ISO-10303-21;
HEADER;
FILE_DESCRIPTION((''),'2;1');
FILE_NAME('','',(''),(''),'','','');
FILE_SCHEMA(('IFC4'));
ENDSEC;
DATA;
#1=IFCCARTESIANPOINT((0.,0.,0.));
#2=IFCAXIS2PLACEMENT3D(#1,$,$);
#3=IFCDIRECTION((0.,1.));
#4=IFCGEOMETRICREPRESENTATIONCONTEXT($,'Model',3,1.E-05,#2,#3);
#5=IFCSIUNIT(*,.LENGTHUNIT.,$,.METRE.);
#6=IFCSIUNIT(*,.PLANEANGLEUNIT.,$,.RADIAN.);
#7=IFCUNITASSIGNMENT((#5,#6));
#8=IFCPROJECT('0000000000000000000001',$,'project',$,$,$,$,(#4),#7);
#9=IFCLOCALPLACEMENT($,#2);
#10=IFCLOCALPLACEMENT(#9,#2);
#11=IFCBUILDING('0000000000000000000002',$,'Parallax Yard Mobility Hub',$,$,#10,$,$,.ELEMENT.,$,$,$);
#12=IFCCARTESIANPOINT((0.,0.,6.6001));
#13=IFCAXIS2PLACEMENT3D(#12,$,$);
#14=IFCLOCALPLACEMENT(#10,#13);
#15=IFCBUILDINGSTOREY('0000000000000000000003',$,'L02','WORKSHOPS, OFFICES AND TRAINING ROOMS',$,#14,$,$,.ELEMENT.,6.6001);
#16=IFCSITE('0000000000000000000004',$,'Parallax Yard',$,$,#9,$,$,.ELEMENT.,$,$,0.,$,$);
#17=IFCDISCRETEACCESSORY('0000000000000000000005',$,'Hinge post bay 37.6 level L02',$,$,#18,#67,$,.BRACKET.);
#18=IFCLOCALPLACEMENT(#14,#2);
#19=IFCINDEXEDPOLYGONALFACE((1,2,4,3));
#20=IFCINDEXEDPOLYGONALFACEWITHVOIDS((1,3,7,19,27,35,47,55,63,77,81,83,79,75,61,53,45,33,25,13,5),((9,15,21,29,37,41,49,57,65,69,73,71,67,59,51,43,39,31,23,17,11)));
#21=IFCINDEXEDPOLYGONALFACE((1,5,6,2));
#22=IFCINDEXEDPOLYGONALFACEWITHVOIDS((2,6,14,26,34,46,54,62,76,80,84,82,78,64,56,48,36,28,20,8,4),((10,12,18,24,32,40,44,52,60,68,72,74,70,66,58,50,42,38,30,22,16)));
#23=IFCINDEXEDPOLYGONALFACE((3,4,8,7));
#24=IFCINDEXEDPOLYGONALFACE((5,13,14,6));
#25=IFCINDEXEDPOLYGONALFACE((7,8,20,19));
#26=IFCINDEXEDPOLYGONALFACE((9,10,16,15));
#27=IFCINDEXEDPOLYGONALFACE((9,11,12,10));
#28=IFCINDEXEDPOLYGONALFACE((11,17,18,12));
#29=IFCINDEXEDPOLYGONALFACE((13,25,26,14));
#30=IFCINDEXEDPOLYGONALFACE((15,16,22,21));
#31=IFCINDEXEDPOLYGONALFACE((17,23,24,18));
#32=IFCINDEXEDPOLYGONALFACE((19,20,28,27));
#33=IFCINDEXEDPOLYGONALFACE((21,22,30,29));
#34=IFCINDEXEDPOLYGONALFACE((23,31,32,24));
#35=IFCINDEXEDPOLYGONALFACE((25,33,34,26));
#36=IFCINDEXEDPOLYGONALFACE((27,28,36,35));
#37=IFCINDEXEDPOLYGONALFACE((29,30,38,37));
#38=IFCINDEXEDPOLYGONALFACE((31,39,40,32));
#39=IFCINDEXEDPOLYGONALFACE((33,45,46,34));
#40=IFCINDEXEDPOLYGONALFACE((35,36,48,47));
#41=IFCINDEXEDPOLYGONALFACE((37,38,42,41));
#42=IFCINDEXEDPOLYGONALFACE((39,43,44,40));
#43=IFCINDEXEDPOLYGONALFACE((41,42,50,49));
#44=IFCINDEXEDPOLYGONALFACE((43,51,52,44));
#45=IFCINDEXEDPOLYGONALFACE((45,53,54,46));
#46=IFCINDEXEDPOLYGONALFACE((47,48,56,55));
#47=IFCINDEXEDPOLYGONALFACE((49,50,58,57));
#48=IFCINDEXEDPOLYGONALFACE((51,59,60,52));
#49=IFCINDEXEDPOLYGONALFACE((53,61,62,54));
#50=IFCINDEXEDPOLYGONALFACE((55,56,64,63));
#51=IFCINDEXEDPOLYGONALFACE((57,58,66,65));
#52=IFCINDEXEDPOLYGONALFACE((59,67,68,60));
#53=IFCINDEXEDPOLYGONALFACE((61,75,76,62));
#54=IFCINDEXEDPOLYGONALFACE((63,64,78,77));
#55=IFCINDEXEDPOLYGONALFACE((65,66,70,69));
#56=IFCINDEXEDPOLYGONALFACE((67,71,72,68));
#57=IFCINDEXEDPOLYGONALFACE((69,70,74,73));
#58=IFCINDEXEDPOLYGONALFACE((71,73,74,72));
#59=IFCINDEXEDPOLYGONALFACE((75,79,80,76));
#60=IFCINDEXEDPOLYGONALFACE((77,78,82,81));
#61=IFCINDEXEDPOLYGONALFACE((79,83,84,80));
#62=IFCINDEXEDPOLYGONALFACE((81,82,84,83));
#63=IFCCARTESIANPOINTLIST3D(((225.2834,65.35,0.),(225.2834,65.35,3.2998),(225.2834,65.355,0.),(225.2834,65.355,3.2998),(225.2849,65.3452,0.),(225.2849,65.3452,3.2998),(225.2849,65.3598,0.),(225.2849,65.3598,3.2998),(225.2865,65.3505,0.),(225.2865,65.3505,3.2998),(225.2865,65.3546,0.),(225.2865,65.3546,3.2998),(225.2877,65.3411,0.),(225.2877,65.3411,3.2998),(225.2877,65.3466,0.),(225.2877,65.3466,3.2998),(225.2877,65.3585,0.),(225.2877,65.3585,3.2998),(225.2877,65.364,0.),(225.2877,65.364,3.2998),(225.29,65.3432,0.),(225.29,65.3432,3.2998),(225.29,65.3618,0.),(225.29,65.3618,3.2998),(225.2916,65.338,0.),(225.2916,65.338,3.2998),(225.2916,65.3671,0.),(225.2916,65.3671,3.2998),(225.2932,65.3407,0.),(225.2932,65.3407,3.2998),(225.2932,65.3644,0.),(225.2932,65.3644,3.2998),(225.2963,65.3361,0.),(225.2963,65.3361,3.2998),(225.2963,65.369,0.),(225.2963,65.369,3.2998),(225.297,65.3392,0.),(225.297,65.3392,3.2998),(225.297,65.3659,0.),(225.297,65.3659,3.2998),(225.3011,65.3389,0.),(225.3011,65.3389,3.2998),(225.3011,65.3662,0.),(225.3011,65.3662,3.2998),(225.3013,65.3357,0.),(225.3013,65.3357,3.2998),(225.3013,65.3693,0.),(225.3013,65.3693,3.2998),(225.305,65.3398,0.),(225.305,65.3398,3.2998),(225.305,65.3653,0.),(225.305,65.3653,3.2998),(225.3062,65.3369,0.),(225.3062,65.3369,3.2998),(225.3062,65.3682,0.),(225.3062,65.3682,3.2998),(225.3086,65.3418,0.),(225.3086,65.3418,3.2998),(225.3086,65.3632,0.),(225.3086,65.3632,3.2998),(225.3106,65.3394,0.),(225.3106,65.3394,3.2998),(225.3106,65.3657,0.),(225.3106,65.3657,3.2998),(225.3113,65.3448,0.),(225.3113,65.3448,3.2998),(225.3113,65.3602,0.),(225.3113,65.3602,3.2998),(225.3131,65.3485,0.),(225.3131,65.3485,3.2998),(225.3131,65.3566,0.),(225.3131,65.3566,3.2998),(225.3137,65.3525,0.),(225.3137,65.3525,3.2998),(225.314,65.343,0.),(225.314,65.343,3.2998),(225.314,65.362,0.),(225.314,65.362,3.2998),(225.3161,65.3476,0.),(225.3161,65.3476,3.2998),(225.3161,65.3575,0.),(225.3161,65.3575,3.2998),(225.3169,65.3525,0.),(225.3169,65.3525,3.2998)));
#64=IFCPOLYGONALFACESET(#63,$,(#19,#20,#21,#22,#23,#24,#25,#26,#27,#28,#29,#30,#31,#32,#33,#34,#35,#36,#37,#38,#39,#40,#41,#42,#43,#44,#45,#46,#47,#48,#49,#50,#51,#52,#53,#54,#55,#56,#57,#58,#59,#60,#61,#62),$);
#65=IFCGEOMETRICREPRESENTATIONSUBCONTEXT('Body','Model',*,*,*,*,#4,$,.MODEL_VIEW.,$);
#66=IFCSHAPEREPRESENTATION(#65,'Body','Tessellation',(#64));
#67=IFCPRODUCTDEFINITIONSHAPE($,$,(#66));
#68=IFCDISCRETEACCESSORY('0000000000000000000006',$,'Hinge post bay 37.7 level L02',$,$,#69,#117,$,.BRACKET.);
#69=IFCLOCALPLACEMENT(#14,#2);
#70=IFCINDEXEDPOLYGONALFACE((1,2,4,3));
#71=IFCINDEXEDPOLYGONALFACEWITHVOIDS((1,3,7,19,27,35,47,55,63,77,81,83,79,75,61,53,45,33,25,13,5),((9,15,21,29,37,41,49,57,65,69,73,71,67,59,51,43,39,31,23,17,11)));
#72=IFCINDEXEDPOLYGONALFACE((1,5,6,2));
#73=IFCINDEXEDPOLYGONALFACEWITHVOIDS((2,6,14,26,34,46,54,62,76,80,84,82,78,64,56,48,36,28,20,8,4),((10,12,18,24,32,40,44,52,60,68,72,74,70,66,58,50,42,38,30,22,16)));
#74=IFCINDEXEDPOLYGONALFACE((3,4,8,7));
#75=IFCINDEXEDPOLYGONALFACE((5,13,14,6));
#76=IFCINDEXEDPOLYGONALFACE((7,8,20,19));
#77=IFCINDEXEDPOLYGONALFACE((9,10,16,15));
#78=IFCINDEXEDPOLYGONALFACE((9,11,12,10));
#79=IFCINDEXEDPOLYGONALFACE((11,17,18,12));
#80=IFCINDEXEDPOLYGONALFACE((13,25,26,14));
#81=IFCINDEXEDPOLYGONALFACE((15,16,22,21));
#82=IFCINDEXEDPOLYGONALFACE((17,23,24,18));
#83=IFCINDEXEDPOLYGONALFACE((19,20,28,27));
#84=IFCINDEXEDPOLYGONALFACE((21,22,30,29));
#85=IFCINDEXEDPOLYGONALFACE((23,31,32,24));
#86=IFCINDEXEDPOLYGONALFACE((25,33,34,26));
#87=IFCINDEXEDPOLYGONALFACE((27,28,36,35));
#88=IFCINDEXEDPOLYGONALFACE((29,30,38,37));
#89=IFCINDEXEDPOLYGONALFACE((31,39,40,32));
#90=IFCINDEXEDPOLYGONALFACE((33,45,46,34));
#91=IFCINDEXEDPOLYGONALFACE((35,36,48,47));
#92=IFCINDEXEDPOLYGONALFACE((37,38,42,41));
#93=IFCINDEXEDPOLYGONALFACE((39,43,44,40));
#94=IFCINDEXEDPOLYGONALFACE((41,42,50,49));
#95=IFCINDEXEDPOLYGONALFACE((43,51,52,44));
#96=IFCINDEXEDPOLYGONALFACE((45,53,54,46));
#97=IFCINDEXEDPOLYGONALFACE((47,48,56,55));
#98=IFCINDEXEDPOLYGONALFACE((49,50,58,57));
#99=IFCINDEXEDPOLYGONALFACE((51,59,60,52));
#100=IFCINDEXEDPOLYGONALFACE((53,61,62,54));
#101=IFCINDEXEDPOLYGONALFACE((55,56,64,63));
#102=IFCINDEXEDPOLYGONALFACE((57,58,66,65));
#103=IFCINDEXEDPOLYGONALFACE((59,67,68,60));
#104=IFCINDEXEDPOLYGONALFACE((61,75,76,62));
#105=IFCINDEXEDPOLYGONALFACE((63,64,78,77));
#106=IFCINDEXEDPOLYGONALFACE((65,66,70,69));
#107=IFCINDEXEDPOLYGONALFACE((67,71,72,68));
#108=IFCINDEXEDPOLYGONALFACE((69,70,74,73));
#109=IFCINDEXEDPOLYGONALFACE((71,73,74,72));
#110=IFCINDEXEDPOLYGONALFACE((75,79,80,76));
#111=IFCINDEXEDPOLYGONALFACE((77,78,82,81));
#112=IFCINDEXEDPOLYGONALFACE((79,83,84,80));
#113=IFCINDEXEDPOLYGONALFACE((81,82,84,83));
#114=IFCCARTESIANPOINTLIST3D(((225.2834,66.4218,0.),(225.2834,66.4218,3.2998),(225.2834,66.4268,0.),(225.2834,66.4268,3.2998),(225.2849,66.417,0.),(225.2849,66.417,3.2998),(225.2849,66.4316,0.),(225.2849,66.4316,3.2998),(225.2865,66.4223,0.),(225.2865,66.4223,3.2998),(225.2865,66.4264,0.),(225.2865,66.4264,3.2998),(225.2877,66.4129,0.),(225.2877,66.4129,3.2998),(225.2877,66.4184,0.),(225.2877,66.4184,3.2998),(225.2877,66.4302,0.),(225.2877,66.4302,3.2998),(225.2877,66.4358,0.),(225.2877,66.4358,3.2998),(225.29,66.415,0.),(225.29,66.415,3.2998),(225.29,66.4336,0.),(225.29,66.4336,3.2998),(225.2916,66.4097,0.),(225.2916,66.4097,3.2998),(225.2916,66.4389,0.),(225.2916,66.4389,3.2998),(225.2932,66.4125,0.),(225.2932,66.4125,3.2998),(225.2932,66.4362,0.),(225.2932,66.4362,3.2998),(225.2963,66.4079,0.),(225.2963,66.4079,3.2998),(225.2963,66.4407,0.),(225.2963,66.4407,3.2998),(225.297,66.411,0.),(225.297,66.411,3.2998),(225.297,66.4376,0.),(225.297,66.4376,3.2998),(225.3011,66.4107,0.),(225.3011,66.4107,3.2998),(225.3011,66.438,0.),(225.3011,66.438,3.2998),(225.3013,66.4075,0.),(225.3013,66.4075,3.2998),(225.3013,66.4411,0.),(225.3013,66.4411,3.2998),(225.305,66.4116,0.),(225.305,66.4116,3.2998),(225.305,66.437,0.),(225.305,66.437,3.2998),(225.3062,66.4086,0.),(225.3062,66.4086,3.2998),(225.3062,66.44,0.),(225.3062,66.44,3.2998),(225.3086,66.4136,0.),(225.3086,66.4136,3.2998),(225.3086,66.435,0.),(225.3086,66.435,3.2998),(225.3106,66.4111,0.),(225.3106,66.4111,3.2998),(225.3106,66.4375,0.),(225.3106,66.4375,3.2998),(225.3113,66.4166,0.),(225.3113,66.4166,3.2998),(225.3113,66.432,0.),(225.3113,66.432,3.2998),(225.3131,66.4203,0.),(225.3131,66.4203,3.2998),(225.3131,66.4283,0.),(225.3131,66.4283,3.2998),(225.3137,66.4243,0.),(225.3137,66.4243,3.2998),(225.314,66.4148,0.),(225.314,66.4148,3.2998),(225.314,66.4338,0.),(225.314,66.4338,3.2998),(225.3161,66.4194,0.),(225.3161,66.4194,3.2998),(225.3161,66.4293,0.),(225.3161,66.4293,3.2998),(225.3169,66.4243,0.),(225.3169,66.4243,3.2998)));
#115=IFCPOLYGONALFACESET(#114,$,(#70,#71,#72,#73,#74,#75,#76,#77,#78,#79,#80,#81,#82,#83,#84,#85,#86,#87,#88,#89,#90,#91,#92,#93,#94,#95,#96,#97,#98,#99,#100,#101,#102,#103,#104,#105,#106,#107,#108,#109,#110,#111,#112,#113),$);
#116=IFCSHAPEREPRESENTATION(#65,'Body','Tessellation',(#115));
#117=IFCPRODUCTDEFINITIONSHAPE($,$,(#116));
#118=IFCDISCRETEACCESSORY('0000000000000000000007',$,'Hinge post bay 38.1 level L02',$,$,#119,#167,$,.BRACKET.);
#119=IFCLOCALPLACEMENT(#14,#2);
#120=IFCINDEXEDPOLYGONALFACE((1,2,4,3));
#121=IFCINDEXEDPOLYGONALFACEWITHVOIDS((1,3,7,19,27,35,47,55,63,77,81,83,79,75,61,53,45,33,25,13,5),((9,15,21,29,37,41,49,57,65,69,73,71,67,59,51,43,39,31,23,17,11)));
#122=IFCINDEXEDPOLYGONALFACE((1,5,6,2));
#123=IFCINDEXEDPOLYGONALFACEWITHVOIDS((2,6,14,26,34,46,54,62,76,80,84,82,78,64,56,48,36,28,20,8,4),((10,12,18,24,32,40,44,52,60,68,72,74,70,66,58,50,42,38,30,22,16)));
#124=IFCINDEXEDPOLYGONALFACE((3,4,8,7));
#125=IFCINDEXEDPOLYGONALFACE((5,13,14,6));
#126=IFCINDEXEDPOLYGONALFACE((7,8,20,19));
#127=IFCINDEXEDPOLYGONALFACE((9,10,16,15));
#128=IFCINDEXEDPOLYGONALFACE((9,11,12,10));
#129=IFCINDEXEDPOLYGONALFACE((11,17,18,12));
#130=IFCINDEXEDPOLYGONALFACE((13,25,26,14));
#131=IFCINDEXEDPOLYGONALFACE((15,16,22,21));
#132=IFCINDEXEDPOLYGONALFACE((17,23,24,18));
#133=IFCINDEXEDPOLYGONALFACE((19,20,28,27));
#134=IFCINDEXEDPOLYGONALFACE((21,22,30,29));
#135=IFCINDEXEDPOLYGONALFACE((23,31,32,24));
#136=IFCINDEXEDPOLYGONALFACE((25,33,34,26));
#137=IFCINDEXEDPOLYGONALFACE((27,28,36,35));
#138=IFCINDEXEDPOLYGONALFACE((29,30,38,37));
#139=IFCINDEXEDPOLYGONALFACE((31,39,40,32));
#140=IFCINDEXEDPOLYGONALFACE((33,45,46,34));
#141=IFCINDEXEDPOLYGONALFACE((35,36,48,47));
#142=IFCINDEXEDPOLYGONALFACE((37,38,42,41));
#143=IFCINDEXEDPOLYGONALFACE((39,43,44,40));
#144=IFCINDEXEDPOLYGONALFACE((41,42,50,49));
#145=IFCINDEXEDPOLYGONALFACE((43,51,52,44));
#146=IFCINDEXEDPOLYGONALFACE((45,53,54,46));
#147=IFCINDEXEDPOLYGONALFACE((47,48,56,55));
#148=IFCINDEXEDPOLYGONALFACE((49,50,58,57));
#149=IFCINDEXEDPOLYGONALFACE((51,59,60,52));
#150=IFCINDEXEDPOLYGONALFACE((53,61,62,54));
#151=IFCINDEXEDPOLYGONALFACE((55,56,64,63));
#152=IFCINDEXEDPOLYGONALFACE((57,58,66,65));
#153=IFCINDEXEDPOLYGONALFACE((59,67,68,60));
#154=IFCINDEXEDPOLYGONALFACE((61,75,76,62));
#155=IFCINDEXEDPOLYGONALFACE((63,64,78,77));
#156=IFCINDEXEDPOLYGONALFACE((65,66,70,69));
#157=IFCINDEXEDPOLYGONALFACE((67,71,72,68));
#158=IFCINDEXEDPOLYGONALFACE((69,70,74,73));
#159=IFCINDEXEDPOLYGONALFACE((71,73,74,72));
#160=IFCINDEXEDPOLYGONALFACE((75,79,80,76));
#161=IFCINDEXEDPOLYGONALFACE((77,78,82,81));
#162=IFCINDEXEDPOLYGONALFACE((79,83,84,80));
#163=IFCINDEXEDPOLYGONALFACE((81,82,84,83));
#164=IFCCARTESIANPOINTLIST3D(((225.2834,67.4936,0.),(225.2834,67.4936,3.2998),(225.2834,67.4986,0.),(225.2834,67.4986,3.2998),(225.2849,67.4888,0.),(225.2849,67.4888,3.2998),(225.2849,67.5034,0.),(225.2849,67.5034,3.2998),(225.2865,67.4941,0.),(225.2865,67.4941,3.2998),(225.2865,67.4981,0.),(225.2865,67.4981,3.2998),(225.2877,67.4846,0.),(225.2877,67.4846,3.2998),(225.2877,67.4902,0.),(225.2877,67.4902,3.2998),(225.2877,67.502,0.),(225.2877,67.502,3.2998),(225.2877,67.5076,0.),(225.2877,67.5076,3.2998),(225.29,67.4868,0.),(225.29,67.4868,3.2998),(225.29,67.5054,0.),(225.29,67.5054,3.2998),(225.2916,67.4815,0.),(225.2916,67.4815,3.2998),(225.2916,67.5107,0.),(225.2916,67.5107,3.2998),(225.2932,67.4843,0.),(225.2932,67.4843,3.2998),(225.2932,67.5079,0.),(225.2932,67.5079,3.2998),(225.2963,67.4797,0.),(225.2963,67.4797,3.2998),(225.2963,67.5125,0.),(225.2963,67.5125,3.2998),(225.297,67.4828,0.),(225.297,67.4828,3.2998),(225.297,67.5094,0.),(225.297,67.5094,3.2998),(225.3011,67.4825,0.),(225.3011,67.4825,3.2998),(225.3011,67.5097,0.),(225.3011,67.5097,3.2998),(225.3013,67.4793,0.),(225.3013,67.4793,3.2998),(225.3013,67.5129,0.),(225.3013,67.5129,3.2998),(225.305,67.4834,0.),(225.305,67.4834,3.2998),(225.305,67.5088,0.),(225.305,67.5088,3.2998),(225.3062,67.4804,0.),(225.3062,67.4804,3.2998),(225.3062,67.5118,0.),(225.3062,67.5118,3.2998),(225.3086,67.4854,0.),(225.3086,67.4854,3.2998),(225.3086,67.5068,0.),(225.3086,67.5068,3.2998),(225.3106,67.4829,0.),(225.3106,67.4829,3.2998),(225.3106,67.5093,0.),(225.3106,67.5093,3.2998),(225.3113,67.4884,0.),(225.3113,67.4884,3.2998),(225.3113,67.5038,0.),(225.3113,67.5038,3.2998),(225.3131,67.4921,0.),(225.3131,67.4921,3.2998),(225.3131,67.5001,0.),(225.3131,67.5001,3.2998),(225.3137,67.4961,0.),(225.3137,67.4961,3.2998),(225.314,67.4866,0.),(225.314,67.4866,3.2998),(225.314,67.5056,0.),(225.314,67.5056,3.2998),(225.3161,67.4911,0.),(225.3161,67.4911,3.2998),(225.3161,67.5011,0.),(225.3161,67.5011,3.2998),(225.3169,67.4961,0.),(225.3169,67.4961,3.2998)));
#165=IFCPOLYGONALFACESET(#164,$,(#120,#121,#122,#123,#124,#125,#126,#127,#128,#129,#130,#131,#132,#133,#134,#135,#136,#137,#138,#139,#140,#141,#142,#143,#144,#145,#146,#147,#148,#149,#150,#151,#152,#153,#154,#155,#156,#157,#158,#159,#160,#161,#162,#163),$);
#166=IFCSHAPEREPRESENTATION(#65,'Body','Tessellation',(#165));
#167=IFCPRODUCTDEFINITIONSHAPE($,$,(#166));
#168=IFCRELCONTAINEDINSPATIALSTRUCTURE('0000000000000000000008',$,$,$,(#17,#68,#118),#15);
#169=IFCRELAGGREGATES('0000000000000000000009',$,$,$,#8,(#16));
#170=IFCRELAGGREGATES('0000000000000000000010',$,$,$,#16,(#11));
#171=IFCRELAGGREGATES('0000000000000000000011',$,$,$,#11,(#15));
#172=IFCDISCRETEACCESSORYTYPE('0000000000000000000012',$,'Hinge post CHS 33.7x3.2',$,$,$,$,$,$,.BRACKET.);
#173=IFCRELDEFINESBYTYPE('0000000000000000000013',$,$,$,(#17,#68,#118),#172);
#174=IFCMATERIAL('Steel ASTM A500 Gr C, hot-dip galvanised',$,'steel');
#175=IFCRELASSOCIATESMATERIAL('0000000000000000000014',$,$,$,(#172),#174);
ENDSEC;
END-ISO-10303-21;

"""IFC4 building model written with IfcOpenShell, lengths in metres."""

from ifc_helpers import new_model, si_unit, direction, frame, origin, origin_2d, place, context, subcontext, project, spatial, hollow_circle, extrude, material, material_profile, profile_set, type_object, element, save


model = new_model("IFC4")

# Units and contexts
model_context = context("Model", 3, precision=1e-05, world=origin(), true_north=direction((0.0, 1.0)))
body_context = subcontext(model_context, "Body", "Model", "MODEL_VIEW")
ifc_project = project(units=[si_unit("LENGTHUNIT", "METRE"), si_unit("PLANEANGLEUNIT", "RADIAN")], contexts=[model_context])

# Site, building, storey
site_placement = place(None, origin())
site = spatial("IfcSite", under=ifc_project, at=site_placement, Name="Parallax Yard", CompositionType="ELEMENT", RefElevation=0.0)
building_placement = place(site_placement, origin())
building = spatial("IfcBuilding", under=site, at=building_placement, Name="Parallax Yard Mobility Hub", CompositionType="ELEMENT")
storey_placement = place(building_placement, frame((0.0, 0.0, 6.6001)))
storey = spatial("IfcBuildingStorey", under=building, at=storey_placement, Name="L02", Description="WORKSHOPS, OFFICES AND TRAINING ROOMS", CompositionType="ELEMENT", Elevation=6.6001)

# Discrete accessories
ifc_material_1 = material(Name="Steel ASTM A500 Gr C, hot-dip galvanised", Category="steel")
ifc_material_profile = material_profile(ifc_material_1, hollow_circle(Radius=0.0168, WallThickness=0.0032, at=origin_2d()), Name="CHS 33.7x3.2")
ifc_profile_set = profile_set([ifc_material_profile], Name="Steel ASTM A500 Gr C, hot-dip galvanised")
discrete_accessory_type = type_object("IfcDiscreteAccessoryType", Name="Hinge post CHS 33.7x3.2", PredefinedType="BRACKET", material=ifc_profile_set)
for number, where, z_axis, x_axis, name in (
    (1, (225.3, 65.3525, 0.0), (0.0, 0.0, 1.0), (1.0, 0.0, 0.0), "Hinge post bay 37.6 level L02"),
    (2, (225.3, 66.4243, 0.0), (0.0, 0.0, 1.0), (1.0, 0.0, 0.0), "Hinge post bay 37.7 level L02"),
    (3, (225.3, 67.4961, 0.0), (0.0, 0.0, 1.0), (1.0, 0.0, 0.0), "Hinge post bay 38.1 level L02"),
):
    element("IfcDiscreteAccessory", number, at=place(storey_placement, frame(where, z_axis=z_axis, x_axis=x_axis)), inside=storey, type_object=discrete_accessory_type, Name=name, PredefinedType="BRACKET", context=body_context, shape_type="SweptSolid", body=[
        extrude(hollow_circle(Radius=0.0168, WallThickness=0.0032, at=origin_2d()), origin(), (0.0, 0.0, 1.0), 3.2998),
    ])

save(model, "model.ifc")
